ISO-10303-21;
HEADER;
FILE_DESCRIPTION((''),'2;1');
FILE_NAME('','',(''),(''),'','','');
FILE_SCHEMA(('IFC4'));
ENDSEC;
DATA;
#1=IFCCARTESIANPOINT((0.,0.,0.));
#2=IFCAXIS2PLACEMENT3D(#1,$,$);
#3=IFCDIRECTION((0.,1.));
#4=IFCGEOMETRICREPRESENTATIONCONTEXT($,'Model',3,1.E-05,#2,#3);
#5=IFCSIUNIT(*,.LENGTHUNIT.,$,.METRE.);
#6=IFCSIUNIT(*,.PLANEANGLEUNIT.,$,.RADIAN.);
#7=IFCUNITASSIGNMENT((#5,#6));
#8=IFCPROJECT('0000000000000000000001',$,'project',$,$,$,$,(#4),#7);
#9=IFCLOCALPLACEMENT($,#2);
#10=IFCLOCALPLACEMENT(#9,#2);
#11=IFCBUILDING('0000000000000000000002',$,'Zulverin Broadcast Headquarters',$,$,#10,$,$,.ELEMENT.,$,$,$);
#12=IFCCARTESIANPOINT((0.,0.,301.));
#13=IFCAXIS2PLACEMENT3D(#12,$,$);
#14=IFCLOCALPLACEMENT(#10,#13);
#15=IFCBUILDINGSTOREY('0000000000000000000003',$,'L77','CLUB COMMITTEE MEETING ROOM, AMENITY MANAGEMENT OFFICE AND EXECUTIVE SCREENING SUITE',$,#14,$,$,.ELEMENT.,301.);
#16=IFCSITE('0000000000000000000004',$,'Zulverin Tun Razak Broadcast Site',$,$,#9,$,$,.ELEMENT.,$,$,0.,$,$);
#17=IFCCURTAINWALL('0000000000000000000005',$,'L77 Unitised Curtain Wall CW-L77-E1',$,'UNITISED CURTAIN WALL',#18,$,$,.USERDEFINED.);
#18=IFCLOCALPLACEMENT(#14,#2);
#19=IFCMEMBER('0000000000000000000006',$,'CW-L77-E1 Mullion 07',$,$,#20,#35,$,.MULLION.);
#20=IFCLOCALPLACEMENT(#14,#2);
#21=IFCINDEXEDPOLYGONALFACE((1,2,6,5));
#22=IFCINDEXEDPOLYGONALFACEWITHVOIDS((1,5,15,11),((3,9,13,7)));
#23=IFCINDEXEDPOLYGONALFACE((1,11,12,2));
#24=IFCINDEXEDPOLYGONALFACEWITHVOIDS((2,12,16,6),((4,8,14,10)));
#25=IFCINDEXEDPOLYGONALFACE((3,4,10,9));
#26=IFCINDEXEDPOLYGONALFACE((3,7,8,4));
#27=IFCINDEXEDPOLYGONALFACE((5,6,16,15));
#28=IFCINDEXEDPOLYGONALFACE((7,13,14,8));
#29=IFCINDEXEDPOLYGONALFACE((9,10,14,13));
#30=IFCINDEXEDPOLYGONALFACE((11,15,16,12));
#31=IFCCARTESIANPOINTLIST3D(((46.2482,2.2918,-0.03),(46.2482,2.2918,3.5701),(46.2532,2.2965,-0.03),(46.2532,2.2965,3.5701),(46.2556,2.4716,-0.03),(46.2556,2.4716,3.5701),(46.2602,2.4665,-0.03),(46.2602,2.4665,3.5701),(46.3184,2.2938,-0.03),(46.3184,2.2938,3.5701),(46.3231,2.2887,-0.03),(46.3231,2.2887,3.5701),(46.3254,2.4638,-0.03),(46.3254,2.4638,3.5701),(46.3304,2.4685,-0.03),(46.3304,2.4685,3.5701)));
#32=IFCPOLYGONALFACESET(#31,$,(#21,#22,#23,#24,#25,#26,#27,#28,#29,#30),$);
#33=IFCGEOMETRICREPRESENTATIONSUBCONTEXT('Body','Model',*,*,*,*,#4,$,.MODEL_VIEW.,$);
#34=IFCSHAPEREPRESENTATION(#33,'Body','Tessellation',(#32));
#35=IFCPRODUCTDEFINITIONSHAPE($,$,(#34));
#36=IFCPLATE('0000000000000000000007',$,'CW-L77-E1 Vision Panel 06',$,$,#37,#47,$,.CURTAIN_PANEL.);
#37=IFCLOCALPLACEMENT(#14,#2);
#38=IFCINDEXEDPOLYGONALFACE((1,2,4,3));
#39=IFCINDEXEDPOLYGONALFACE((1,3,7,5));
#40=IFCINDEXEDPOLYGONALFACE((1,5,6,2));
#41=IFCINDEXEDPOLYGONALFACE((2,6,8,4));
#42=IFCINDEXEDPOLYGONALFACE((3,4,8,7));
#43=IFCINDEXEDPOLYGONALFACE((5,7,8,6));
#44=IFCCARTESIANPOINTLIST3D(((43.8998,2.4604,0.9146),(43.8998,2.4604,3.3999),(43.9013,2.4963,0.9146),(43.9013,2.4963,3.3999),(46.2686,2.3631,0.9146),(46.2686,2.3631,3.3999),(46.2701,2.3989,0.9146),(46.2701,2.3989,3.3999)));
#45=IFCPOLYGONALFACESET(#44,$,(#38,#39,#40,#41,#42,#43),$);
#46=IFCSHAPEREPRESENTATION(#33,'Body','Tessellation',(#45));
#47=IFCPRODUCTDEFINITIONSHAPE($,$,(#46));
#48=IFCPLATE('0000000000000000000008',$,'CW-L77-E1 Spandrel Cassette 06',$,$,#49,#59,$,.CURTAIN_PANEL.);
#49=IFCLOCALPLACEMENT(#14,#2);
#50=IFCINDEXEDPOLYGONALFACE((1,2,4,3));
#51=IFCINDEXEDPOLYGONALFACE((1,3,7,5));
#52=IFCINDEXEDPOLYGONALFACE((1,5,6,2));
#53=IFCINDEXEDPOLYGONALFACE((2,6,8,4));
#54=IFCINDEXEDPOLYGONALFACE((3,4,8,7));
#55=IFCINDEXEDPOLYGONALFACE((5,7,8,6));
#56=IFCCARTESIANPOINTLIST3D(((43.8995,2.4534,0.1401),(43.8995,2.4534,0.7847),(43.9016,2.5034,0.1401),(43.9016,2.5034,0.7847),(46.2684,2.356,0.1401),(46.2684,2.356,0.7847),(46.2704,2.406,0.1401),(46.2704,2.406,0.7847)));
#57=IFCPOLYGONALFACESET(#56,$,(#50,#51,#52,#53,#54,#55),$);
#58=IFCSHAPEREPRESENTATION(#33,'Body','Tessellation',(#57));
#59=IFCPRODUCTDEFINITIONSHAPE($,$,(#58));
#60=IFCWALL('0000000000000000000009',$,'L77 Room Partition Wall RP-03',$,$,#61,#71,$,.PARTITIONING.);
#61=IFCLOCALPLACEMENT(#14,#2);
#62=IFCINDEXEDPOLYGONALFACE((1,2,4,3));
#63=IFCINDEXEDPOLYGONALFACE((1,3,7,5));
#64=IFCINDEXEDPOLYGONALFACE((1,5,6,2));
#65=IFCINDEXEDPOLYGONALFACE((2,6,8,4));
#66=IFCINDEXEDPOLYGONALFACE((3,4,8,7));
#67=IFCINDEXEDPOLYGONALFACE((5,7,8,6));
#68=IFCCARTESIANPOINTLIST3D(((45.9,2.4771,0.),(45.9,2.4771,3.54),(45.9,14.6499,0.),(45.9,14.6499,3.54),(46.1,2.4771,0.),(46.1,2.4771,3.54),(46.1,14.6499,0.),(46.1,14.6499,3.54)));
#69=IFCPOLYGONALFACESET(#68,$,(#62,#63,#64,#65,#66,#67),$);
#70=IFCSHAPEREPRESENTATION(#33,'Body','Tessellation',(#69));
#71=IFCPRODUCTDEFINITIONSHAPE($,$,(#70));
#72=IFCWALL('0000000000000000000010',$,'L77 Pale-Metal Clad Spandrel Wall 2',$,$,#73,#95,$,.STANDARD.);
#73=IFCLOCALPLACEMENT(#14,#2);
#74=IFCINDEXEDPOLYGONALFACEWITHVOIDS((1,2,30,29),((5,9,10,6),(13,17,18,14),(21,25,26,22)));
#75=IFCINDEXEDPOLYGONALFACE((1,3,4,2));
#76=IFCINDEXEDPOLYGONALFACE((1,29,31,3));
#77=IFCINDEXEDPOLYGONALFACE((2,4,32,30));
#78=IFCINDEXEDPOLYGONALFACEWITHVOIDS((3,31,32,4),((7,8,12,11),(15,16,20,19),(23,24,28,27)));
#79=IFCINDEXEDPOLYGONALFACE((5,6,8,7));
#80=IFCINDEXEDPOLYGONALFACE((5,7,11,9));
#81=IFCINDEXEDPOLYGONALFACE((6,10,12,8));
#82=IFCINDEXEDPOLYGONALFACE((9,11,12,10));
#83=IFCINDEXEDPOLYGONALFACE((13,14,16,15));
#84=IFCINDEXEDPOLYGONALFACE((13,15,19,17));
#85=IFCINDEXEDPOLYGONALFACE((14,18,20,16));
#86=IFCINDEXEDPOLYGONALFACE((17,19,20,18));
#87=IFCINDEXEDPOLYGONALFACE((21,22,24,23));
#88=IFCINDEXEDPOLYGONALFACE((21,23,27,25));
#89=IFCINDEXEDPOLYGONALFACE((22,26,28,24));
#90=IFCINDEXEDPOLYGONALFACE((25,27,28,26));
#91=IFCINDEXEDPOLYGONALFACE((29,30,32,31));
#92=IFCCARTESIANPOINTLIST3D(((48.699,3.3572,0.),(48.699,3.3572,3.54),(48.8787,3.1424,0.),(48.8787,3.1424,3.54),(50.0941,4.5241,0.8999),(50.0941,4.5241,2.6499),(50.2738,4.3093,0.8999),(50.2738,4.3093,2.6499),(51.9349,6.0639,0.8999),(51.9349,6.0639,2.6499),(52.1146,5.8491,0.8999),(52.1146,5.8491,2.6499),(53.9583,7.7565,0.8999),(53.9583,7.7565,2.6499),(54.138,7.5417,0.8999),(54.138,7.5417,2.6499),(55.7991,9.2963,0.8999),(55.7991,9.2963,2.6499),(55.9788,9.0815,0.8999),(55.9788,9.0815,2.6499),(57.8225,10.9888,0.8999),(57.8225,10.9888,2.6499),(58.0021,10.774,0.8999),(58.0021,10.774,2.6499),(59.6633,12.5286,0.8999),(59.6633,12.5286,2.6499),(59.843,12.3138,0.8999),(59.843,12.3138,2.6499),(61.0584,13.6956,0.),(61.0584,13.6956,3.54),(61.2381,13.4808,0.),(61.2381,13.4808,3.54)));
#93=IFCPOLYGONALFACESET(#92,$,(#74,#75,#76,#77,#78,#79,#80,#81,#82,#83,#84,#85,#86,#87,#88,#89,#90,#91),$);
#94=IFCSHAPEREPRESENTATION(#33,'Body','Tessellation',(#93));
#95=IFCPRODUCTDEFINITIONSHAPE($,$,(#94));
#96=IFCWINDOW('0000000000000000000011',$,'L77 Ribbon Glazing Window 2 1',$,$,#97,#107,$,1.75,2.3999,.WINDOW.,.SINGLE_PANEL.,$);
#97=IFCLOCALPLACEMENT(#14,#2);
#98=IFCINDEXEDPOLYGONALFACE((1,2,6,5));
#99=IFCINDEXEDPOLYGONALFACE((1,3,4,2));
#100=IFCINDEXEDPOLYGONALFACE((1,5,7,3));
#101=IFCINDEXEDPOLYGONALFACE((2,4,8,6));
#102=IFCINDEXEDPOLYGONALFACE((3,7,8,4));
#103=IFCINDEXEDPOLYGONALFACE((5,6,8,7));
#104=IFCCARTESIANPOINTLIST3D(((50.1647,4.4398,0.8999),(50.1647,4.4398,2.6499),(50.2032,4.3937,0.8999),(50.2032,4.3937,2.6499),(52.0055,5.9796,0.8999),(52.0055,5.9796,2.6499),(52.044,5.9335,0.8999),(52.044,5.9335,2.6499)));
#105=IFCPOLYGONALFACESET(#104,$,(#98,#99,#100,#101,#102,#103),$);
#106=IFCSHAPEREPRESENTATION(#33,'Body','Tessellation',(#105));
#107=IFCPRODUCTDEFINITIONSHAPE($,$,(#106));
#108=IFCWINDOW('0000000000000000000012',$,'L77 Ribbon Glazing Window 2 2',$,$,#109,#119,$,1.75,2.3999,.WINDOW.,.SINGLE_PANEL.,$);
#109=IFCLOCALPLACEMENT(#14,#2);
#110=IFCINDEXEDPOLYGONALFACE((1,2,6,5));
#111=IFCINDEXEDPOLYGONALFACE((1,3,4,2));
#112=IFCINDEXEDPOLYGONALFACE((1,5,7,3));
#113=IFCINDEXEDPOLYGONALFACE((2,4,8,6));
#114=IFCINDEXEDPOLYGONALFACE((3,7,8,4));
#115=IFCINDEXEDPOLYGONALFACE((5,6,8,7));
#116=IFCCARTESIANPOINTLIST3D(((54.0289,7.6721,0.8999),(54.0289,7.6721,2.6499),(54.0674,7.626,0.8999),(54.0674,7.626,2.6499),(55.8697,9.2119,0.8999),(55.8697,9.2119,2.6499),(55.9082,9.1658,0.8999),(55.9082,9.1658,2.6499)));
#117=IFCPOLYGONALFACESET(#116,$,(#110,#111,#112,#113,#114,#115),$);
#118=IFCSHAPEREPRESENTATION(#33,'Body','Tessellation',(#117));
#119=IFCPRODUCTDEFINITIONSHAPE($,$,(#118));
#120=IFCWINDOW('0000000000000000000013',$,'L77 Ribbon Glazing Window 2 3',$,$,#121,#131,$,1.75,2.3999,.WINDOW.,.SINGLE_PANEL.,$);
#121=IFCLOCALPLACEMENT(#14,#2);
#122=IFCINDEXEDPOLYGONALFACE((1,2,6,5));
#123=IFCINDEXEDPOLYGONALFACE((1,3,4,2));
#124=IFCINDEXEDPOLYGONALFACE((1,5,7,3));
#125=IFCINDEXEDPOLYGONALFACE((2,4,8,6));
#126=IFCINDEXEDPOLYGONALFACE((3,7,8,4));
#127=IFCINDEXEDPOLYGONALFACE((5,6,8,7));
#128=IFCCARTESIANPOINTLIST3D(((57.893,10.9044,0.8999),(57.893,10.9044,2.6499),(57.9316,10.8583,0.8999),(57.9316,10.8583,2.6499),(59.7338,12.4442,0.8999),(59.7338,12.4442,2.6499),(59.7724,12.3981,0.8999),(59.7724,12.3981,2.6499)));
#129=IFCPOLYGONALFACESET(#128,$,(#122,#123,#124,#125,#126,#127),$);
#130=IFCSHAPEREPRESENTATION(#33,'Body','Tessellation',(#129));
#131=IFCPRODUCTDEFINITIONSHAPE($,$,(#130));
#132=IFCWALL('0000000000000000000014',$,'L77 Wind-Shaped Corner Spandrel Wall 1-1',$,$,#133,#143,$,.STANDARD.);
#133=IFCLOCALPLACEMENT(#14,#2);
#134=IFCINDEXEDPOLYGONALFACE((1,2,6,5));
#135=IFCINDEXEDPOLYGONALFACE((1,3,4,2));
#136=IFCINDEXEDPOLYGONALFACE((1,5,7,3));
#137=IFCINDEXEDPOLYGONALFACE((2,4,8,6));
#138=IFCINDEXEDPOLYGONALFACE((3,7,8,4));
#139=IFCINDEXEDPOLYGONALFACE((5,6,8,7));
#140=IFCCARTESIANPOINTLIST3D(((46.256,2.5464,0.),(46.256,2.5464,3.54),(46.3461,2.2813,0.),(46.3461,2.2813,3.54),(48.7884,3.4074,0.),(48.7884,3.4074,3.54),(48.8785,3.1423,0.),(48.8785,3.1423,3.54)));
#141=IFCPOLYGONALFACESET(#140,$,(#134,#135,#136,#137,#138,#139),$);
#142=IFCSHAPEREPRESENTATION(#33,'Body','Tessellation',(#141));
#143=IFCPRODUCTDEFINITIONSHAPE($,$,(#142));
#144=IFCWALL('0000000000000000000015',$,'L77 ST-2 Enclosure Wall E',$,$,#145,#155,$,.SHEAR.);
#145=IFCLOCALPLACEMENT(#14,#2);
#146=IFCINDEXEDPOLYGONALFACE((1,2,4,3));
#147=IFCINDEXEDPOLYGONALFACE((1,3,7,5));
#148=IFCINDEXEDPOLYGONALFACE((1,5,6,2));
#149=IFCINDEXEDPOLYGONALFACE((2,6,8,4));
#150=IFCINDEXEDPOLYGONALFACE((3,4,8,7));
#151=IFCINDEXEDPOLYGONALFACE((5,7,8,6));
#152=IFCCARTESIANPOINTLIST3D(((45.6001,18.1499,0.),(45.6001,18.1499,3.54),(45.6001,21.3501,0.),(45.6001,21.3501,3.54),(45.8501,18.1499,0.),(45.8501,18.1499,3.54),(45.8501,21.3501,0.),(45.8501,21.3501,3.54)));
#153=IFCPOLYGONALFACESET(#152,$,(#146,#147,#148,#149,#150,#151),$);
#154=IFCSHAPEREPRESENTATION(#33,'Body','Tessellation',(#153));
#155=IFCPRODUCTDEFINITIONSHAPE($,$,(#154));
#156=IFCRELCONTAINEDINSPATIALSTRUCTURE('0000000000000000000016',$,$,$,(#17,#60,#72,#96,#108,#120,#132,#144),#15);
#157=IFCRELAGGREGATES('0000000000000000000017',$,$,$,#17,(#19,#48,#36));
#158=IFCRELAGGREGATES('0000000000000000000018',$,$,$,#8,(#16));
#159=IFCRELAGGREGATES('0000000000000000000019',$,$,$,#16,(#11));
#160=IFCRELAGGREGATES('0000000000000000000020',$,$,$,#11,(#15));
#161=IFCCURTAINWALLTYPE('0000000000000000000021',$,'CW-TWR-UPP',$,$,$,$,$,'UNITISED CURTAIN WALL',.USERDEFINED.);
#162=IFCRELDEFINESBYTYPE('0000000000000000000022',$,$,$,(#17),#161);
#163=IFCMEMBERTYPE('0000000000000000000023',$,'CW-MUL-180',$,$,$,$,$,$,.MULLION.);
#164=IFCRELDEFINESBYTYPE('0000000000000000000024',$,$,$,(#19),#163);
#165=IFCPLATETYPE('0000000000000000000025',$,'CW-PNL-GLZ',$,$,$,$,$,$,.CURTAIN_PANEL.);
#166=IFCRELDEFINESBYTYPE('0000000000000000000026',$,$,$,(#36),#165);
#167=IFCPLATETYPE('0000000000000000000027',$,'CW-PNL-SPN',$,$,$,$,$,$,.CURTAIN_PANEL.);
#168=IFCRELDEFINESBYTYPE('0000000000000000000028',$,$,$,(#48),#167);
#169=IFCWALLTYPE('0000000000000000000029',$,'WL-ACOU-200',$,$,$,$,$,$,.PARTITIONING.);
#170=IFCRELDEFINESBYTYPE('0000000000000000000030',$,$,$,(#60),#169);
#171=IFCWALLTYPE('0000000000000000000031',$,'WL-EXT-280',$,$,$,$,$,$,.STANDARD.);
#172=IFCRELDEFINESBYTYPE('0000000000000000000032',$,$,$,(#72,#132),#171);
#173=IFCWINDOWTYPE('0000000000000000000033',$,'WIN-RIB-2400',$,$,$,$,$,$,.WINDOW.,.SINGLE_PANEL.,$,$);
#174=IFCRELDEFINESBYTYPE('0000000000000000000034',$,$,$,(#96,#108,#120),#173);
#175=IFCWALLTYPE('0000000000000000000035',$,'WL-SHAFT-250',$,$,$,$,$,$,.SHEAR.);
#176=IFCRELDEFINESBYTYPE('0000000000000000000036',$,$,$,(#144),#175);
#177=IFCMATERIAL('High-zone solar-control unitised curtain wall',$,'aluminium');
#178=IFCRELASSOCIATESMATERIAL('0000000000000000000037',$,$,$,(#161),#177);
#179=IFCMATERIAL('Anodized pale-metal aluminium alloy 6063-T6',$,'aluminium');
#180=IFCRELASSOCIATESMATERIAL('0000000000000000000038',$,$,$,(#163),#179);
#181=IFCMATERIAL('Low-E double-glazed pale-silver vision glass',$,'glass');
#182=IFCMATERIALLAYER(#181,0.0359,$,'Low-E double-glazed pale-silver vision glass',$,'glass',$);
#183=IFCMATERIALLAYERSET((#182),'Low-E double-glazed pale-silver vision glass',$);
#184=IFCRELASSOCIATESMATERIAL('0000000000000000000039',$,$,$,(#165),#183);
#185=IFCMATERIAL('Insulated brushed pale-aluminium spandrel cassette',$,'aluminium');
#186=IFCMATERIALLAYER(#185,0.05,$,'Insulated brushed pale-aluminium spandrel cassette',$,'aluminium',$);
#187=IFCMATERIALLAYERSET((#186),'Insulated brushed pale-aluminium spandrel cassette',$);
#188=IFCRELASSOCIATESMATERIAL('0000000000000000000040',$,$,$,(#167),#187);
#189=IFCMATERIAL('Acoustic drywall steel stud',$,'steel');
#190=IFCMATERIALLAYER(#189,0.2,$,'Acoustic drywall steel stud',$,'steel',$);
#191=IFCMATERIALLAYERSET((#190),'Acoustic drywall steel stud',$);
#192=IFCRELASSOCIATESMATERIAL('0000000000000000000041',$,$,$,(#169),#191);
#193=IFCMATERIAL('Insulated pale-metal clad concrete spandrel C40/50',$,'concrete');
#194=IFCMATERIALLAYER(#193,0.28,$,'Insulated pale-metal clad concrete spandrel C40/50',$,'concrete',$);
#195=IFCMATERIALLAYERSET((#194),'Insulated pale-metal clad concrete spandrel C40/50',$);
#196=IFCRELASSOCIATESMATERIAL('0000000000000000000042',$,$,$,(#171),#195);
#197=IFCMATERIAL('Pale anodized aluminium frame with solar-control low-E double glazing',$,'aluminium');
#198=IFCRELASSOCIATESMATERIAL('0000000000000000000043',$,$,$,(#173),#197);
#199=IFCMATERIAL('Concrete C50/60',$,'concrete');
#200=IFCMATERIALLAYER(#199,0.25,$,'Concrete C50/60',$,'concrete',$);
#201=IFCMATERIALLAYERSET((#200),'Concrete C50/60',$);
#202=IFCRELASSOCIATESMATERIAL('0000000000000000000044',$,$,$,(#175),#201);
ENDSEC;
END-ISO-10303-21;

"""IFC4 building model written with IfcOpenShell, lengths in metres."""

from ifc_helpers import new_model, si_unit, direction, frame, frame_2d, origin, origin_2d, place, context, subcontext, project, spatial, rectangle, hollow_rectangle, extrude, material, layer, layer_set, material_profile, profile_set, type_object, element, fill, aggregate, save


model = new_model("IFC4")

# Units and contexts
model_context = context("Model", 3, precision=1e-05, world=origin(), true_north=direction((0.0, 1.0)))
body_context = subcontext(model_context, "Body", "Model", "MODEL_VIEW")
ifc_project = project(units=[si_unit("LENGTHUNIT", "METRE"), si_unit("PLANEANGLEUNIT", "RADIAN")], contexts=[model_context])

# Site, building, storey
site_placement = place(None, origin())
site = spatial("IfcSite", under=ifc_project, at=site_placement, Name="Zulverin Tun Razak Broadcast Site", CompositionType="ELEMENT", RefElevation=0.0)
building_placement = place(site_placement, origin())
building = spatial("IfcBuilding", under=site, at=building_placement, Name="Zulverin Broadcast Headquarters", CompositionType="ELEMENT")
storey_placement = place(building_placement, frame((0.0, 0.0, 301.0)))
storey = spatial("IfcBuildingStorey", under=building, at=storey_placement, Name="L77", Description="CLUB COMMITTEE MEETING ROOM, AMENITY MANAGEMENT OFFICE AND EXECUTIVE SCREENING SUITE", CompositionType="ELEMENT", Elevation=301.0)

# Shared definitions
ifc_material_1 = material(Name="Concrete C50/60", Category="concrete")

# Curtain wall, member, plates
ifc_material_2 = material(Name="High-zone solar-control unitised curtain wall", Category="aluminium")
curtain_wall_type = type_object("IfcCurtainWallType", Name="CW-TWR-UPP", ElementType="UNITISED CURTAIN WALL", PredefinedType="USERDEFINED", material=ifc_material_2)
curtain_wall_placement = place(storey_placement, origin())
curtain_wall = element("IfcCurtainWall", 1, at=curtain_wall_placement, inside=storey, type_object=curtain_wall_type, Name="L77 Unitised Curtain Wall CW-L77-E1", ObjectType="UNITISED CURTAIN WALL", PredefinedType="USERDEFINED")
ifc_material_3 = material(Name="Anodized pale-metal aluminium alloy 6063-T6", Category="aluminium")
ifc_material_profile_1 = material_profile(ifc_material_3, hollow_rectangle(XDim=0.075, YDim=0.1799, WallThickness=0.0049, at=origin_2d()), Name="Anodized pale-metal aluminium alloy 6063-T6", Category="aluminium")
ifc_profile_set_1 = profile_set([ifc_material_profile_1], Name="Anodized pale-metal aluminium alloy 6063-T6")
member_type = type_object("IfcMemberType", Name="CW-MUL-180", PredefinedType="MULLION", material=ifc_profile_set_1)
member_placement = place(storey_placement, frame((46.2893, 2.3801, -0.03), z_axis=(0.0, 0.0, 1.0), x_axis=(0.999156, -0.04107, 0.0)))
member = element("IfcMember", 2, at=member_placement, type_object=member_type, Name="CW-L77-E1 Mullion 07", PredefinedType="MULLION", context=body_context, shape_type="SweptSolid", body=[
    extrude(hollow_rectangle(XDim=0.075, YDim=0.1799, WallThickness=0.0049, at=origin_2d()), origin(), (0.0, 0.0, 1.0), 3.6001),
])
ifc_material_4 = material(Name="Low-E double-glazed pale-silver vision glass", Category="glass")
ifc_layer_1 = layer(ifc_material_4, 0.0359, Name="Low-E double-glazed pale-silver vision glass", Category="glass")
ifc_layer_set_1 = layer_set([ifc_layer_1], Name="Low-E double-glazed pale-silver vision glass")
plate_type_1 = type_object("IfcPlateType", Name="CW-PNL-GLZ", PredefinedType="CURTAIN_PANEL", material=ifc_layer_set_1)
plate_1_placement = place(storey_placement, frame((45.085, 2.4297, 0.9146), z_axis=(0.0, 0.0, 1.0), x_axis=(0.999156, -0.04107, 0.0)))
plate_1 = element("IfcPlate", 3, at=plate_1_placement, type_object=plate_type_1, Name="CW-L77-E1 Vision Panel 06", PredefinedType="CURTAIN_PANEL", context=body_context, shape_type="SweptSolid", body=[
    extrude(rectangle(XDim=2.3708, YDim=0.0359, at=origin_2d()), origin(), (0.0, 0.0, 1.0), 2.4854),
])
ifc_material_5 = material(Name="Insulated brushed pale-aluminium spandrel cassette", Category="aluminium")
ifc_layer_2 = layer(ifc_material_5, 0.05, Name="Insulated brushed pale-aluminium spandrel cassette", Category="aluminium")
ifc_layer_set_2 = layer_set([ifc_layer_2], Name="Insulated brushed pale-aluminium spandrel cassette")
plate_type_2 = type_object("IfcPlateType", Name="CW-PNL-SPN", PredefinedType="CURTAIN_PANEL", material=ifc_layer_set_2)
plate_2_placement = place(storey_placement, frame((45.085, 2.4297, 0.1401), z_axis=(0.0, 0.0, 1.0), x_axis=(0.999156, -0.04107, 0.0)))
plate_2 = element("IfcPlate", 4, at=plate_2_placement, type_object=plate_type_2, Name="CW-L77-E1 Spandrel Cassette 06", PredefinedType="CURTAIN_PANEL", context=body_context, shape_type="SweptSolid", body=[
    extrude(rectangle(XDim=2.3708, YDim=0.05, at=origin_2d()), origin(), (0.0, 0.0, 1.0), 0.6445),
])
aggregate(curtain_wall, [member, plate_2, plate_1])

# Wall
ifc_material_6 = material(Name="Acoustic drywall steel stud", Category="steel")
ifc_layer_3 = layer(ifc_material_6, 0.2, Name="Acoustic drywall steel stud", Category="steel")
ifc_layer_set_3 = layer_set([ifc_layer_3], Name="Acoustic drywall steel stud")
wall_type_1 = type_object("IfcWallType", Name="WL-ACOU-200", PredefinedType="PARTITIONING", material=ifc_layer_set_3)
wall_1_placement = place(storey_placement, frame((46.0, 2.4771, 0.0), z_axis=(0.0, 0.0, 1.0), x_axis=(0.0, 1.0, 0.0)))
element("IfcWall", 5, at=wall_1_placement, inside=storey, type_object=wall_type_1, Name="L77 Room Partition Wall RP-03", PredefinedType="PARTITIONING", context=body_context, shape_type="SweptSolid", body=[
    extrude(rectangle(XDim=12.1729, YDim=0.2, at=frame_2d((6.0864, 0.0))), origin(), (0.0, 0.0, 1.0), 3.54),
])

# Wall, openings, windows
ifc_material_7 = material(Name="Insulated pale-metal clad concrete spandrel C40/50", Category="concrete")
ifc_layer_4 = layer(ifc_material_7, 0.28, Name="Insulated pale-metal clad concrete spandrel C40/50", Category="concrete")
ifc_layer_set_4 = layer_set([ifc_layer_4], Name="Insulated pale-metal clad concrete spandrel C40/50")
wall_type_2 = type_object("IfcWallType", Name="WL-EXT-280", PredefinedType="STANDARD", material=ifc_layer_set_4)
wall_2_placement = place(storey_placement, frame((48.7888, 3.2498, 0.0), z_axis=(0.0, 0.0, 1.0), x_axis=(0.767033, 0.641608, 0.0)))
wall_2 = element("IfcWall", 6, at=wall_2_placement, inside=storey, type_object=wall_type_2, Name="L77 Pale-Metal Clad Spandrel Wall 2", PredefinedType="STANDARD", context=body_context, shape_type="SweptSolid", body=[
    extrude(rectangle(XDim=16.1133, YDim=0.28, at=frame_2d((8.0566, 0.0))), origin(), (0.0, 0.0, 1.0), 3.54),
])
opening_1_placement = place(wall_2_placement, frame((1.8188, 0.0, 0.8999)))
opening_1 = element("IfcOpeningElement", 7, at=opening_1_placement, cuts=wall_2, PredefinedType="OPENING", context=body_context, shape_type="SweptSolid", body=[
    extrude(rectangle(XDim=2.3999, YDim=1.75, at=frame_2d((1.2, 0.875))), frame((0.0, 0.1499, 0.0), z_axis=(0.0, -1.0, 0.0), x_axis=(1.0, 0.0, 0.0)), (0.0, 0.0, 1.0), 0.3),
])
opening_2_placement = place(wall_2_placement, frame((6.8567, 0.0, 0.8999)))
opening_2 = element("IfcOpeningElement", 8, at=opening_2_placement, cuts=wall_2, PredefinedType="OPENING", context=body_context, shape_type="SweptSolid", body=[
    extrude(rectangle(XDim=2.3999, YDim=1.75, at=frame_2d((1.2, 0.875))), frame((0.0, 0.1499, 0.0), z_axis=(0.0, -1.0, 0.0), x_axis=(1.0, 0.0, 0.0)), (0.0, 0.0, 1.0), 0.3),
])
opening_3_placement = place(wall_2_placement, frame((11.8945, 0.0, 0.8999)))
opening_3 = element("IfcOpeningElement", 9, at=opening_3_placement, cuts=wall_2, PredefinedType="OPENING", context=body_context, shape_type="SweptSolid", body=[
    extrude(rectangle(XDim=2.3999, YDim=1.75, at=frame_2d((1.2, 0.875))), frame((0.0, 0.1499, 0.0), z_axis=(0.0, -1.0, 0.0), x_axis=(1.0, 0.0, 0.0)), (0.0, 0.0, 1.0), 0.3),
])
ifc_material_8 = material(Name="Pale anodized aluminium frame with solar-control low-E double glazing", Category="aluminium")
window_type = type_object("IfcWindowType", Name="WIN-RIB-2400", PartitioningType="SINGLE_PANEL", PredefinedType="WINDOW", material=ifc_material_8)
window_1_placement = place(opening_1_placement, origin())
window_1 = element("IfcWindow", 10, at=window_1_placement, inside=storey, type_object=window_type, Name="L77 Ribbon Glazing Window 2 1", OverallHeight=1.75, OverallWidth=2.3999, PartitioningType="SINGLE_PANEL", PredefinedType="WINDOW", context=body_context, shape_type="SweptSolid", body=[
    extrude(rectangle(XDim=2.3999, YDim=1.75, at=frame_2d((1.2, 0.875))), frame((0.0, 0.03, 0.0), z_axis=(0.0, -1.0, 0.0), x_axis=(1.0, 0.0, 0.0)), (0.0, 0.0, 1.0), 0.0601),
])
fill(opening_1, window_1)
window_2_placement = place(opening_2_placement, origin())
window_2 = element("IfcWindow", 11, at=window_2_placement, inside=storey, type_object=window_type, Name="L77 Ribbon Glazing Window 2 2", OverallHeight=1.75, OverallWidth=2.3999, PartitioningType="SINGLE_PANEL", PredefinedType="WINDOW", context=body_context, shape_type="SweptSolid", body=[
    extrude(rectangle(XDim=2.3999, YDim=1.75, at=frame_2d((1.2, 0.875))), frame((0.0, 0.03, 0.0), z_axis=(0.0, -1.0, 0.0), x_axis=(1.0, 0.0, 0.0)), (0.0, 0.0, 1.0), 0.0601),
])
fill(opening_2, window_2)
window_3_placement = place(opening_3_placement, origin())
window_3 = element("IfcWindow", 12, at=window_3_placement, inside=storey, type_object=window_type, Name="L77 Ribbon Glazing Window 2 3", OverallHeight=1.75, OverallWidth=2.3999, PartitioningType="SINGLE_PANEL", PredefinedType="WINDOW", context=body_context, shape_type="SweptSolid", body=[
    extrude(rectangle(XDim=2.3999, YDim=1.75, at=frame_2d((1.2, 0.875))), frame((0.0, 0.03, 0.0), z_axis=(0.0, -1.0, 0.0), x_axis=(1.0, 0.0, 0.0)), (0.0, 0.0, 1.0), 0.0601),
])
fill(opening_3, window_3)

# Walls
wall_3_placement = place(storey_placement, frame((46.301, 2.4138, 0.0), z_axis=(0.0, 0.0, 1.0), x_axis=(0.946768, 0.321917, 0.0)))
element("IfcWall", 13, at=wall_3_placement, inside=storey, type_object=wall_type_2, Name="L77 Wind-Shaped Corner Spandrel Wall 1-1", PredefinedType="STANDARD", context=body_context, shape_type="SweptSolid", body=[
    extrude(rectangle(XDim=2.6748, YDim=0.28, at=frame_2d((1.3374, 0.0))), origin(), (0.0, 0.0, 1.0), 3.54),
])
ifc_layer_5 = layer(ifc_material_1, 0.25, Name="Concrete C50/60", Category="concrete")
ifc_layer_set_5 = layer_set([ifc_layer_5], Name="Concrete C50/60")
wall_type_3 = type_object("IfcWallType", Name="WL-SHAFT-250", PredefinedType="SHEAR", material=ifc_layer_set_5)
wall_4_placement = place(storey_placement, frame((45.7251, 18.1499, 0.0), z_axis=(0.0, 0.0, 1.0), x_axis=(0.0, 1.0, 0.0)))
element("IfcWall", 14, at=wall_4_placement, inside=storey, type_object=wall_type_3, Name="L77 ST-2 Enclosure Wall E", PredefinedType="SHEAR", context=body_context, shape_type="SweptSolid", body=[
    extrude(rectangle(XDim=3.2002, YDim=0.25, at=frame_2d((1.6001, 0.0))), origin(), (0.0, 0.0, 1.0), 3.54),
])

save(model, "model.ifc")
